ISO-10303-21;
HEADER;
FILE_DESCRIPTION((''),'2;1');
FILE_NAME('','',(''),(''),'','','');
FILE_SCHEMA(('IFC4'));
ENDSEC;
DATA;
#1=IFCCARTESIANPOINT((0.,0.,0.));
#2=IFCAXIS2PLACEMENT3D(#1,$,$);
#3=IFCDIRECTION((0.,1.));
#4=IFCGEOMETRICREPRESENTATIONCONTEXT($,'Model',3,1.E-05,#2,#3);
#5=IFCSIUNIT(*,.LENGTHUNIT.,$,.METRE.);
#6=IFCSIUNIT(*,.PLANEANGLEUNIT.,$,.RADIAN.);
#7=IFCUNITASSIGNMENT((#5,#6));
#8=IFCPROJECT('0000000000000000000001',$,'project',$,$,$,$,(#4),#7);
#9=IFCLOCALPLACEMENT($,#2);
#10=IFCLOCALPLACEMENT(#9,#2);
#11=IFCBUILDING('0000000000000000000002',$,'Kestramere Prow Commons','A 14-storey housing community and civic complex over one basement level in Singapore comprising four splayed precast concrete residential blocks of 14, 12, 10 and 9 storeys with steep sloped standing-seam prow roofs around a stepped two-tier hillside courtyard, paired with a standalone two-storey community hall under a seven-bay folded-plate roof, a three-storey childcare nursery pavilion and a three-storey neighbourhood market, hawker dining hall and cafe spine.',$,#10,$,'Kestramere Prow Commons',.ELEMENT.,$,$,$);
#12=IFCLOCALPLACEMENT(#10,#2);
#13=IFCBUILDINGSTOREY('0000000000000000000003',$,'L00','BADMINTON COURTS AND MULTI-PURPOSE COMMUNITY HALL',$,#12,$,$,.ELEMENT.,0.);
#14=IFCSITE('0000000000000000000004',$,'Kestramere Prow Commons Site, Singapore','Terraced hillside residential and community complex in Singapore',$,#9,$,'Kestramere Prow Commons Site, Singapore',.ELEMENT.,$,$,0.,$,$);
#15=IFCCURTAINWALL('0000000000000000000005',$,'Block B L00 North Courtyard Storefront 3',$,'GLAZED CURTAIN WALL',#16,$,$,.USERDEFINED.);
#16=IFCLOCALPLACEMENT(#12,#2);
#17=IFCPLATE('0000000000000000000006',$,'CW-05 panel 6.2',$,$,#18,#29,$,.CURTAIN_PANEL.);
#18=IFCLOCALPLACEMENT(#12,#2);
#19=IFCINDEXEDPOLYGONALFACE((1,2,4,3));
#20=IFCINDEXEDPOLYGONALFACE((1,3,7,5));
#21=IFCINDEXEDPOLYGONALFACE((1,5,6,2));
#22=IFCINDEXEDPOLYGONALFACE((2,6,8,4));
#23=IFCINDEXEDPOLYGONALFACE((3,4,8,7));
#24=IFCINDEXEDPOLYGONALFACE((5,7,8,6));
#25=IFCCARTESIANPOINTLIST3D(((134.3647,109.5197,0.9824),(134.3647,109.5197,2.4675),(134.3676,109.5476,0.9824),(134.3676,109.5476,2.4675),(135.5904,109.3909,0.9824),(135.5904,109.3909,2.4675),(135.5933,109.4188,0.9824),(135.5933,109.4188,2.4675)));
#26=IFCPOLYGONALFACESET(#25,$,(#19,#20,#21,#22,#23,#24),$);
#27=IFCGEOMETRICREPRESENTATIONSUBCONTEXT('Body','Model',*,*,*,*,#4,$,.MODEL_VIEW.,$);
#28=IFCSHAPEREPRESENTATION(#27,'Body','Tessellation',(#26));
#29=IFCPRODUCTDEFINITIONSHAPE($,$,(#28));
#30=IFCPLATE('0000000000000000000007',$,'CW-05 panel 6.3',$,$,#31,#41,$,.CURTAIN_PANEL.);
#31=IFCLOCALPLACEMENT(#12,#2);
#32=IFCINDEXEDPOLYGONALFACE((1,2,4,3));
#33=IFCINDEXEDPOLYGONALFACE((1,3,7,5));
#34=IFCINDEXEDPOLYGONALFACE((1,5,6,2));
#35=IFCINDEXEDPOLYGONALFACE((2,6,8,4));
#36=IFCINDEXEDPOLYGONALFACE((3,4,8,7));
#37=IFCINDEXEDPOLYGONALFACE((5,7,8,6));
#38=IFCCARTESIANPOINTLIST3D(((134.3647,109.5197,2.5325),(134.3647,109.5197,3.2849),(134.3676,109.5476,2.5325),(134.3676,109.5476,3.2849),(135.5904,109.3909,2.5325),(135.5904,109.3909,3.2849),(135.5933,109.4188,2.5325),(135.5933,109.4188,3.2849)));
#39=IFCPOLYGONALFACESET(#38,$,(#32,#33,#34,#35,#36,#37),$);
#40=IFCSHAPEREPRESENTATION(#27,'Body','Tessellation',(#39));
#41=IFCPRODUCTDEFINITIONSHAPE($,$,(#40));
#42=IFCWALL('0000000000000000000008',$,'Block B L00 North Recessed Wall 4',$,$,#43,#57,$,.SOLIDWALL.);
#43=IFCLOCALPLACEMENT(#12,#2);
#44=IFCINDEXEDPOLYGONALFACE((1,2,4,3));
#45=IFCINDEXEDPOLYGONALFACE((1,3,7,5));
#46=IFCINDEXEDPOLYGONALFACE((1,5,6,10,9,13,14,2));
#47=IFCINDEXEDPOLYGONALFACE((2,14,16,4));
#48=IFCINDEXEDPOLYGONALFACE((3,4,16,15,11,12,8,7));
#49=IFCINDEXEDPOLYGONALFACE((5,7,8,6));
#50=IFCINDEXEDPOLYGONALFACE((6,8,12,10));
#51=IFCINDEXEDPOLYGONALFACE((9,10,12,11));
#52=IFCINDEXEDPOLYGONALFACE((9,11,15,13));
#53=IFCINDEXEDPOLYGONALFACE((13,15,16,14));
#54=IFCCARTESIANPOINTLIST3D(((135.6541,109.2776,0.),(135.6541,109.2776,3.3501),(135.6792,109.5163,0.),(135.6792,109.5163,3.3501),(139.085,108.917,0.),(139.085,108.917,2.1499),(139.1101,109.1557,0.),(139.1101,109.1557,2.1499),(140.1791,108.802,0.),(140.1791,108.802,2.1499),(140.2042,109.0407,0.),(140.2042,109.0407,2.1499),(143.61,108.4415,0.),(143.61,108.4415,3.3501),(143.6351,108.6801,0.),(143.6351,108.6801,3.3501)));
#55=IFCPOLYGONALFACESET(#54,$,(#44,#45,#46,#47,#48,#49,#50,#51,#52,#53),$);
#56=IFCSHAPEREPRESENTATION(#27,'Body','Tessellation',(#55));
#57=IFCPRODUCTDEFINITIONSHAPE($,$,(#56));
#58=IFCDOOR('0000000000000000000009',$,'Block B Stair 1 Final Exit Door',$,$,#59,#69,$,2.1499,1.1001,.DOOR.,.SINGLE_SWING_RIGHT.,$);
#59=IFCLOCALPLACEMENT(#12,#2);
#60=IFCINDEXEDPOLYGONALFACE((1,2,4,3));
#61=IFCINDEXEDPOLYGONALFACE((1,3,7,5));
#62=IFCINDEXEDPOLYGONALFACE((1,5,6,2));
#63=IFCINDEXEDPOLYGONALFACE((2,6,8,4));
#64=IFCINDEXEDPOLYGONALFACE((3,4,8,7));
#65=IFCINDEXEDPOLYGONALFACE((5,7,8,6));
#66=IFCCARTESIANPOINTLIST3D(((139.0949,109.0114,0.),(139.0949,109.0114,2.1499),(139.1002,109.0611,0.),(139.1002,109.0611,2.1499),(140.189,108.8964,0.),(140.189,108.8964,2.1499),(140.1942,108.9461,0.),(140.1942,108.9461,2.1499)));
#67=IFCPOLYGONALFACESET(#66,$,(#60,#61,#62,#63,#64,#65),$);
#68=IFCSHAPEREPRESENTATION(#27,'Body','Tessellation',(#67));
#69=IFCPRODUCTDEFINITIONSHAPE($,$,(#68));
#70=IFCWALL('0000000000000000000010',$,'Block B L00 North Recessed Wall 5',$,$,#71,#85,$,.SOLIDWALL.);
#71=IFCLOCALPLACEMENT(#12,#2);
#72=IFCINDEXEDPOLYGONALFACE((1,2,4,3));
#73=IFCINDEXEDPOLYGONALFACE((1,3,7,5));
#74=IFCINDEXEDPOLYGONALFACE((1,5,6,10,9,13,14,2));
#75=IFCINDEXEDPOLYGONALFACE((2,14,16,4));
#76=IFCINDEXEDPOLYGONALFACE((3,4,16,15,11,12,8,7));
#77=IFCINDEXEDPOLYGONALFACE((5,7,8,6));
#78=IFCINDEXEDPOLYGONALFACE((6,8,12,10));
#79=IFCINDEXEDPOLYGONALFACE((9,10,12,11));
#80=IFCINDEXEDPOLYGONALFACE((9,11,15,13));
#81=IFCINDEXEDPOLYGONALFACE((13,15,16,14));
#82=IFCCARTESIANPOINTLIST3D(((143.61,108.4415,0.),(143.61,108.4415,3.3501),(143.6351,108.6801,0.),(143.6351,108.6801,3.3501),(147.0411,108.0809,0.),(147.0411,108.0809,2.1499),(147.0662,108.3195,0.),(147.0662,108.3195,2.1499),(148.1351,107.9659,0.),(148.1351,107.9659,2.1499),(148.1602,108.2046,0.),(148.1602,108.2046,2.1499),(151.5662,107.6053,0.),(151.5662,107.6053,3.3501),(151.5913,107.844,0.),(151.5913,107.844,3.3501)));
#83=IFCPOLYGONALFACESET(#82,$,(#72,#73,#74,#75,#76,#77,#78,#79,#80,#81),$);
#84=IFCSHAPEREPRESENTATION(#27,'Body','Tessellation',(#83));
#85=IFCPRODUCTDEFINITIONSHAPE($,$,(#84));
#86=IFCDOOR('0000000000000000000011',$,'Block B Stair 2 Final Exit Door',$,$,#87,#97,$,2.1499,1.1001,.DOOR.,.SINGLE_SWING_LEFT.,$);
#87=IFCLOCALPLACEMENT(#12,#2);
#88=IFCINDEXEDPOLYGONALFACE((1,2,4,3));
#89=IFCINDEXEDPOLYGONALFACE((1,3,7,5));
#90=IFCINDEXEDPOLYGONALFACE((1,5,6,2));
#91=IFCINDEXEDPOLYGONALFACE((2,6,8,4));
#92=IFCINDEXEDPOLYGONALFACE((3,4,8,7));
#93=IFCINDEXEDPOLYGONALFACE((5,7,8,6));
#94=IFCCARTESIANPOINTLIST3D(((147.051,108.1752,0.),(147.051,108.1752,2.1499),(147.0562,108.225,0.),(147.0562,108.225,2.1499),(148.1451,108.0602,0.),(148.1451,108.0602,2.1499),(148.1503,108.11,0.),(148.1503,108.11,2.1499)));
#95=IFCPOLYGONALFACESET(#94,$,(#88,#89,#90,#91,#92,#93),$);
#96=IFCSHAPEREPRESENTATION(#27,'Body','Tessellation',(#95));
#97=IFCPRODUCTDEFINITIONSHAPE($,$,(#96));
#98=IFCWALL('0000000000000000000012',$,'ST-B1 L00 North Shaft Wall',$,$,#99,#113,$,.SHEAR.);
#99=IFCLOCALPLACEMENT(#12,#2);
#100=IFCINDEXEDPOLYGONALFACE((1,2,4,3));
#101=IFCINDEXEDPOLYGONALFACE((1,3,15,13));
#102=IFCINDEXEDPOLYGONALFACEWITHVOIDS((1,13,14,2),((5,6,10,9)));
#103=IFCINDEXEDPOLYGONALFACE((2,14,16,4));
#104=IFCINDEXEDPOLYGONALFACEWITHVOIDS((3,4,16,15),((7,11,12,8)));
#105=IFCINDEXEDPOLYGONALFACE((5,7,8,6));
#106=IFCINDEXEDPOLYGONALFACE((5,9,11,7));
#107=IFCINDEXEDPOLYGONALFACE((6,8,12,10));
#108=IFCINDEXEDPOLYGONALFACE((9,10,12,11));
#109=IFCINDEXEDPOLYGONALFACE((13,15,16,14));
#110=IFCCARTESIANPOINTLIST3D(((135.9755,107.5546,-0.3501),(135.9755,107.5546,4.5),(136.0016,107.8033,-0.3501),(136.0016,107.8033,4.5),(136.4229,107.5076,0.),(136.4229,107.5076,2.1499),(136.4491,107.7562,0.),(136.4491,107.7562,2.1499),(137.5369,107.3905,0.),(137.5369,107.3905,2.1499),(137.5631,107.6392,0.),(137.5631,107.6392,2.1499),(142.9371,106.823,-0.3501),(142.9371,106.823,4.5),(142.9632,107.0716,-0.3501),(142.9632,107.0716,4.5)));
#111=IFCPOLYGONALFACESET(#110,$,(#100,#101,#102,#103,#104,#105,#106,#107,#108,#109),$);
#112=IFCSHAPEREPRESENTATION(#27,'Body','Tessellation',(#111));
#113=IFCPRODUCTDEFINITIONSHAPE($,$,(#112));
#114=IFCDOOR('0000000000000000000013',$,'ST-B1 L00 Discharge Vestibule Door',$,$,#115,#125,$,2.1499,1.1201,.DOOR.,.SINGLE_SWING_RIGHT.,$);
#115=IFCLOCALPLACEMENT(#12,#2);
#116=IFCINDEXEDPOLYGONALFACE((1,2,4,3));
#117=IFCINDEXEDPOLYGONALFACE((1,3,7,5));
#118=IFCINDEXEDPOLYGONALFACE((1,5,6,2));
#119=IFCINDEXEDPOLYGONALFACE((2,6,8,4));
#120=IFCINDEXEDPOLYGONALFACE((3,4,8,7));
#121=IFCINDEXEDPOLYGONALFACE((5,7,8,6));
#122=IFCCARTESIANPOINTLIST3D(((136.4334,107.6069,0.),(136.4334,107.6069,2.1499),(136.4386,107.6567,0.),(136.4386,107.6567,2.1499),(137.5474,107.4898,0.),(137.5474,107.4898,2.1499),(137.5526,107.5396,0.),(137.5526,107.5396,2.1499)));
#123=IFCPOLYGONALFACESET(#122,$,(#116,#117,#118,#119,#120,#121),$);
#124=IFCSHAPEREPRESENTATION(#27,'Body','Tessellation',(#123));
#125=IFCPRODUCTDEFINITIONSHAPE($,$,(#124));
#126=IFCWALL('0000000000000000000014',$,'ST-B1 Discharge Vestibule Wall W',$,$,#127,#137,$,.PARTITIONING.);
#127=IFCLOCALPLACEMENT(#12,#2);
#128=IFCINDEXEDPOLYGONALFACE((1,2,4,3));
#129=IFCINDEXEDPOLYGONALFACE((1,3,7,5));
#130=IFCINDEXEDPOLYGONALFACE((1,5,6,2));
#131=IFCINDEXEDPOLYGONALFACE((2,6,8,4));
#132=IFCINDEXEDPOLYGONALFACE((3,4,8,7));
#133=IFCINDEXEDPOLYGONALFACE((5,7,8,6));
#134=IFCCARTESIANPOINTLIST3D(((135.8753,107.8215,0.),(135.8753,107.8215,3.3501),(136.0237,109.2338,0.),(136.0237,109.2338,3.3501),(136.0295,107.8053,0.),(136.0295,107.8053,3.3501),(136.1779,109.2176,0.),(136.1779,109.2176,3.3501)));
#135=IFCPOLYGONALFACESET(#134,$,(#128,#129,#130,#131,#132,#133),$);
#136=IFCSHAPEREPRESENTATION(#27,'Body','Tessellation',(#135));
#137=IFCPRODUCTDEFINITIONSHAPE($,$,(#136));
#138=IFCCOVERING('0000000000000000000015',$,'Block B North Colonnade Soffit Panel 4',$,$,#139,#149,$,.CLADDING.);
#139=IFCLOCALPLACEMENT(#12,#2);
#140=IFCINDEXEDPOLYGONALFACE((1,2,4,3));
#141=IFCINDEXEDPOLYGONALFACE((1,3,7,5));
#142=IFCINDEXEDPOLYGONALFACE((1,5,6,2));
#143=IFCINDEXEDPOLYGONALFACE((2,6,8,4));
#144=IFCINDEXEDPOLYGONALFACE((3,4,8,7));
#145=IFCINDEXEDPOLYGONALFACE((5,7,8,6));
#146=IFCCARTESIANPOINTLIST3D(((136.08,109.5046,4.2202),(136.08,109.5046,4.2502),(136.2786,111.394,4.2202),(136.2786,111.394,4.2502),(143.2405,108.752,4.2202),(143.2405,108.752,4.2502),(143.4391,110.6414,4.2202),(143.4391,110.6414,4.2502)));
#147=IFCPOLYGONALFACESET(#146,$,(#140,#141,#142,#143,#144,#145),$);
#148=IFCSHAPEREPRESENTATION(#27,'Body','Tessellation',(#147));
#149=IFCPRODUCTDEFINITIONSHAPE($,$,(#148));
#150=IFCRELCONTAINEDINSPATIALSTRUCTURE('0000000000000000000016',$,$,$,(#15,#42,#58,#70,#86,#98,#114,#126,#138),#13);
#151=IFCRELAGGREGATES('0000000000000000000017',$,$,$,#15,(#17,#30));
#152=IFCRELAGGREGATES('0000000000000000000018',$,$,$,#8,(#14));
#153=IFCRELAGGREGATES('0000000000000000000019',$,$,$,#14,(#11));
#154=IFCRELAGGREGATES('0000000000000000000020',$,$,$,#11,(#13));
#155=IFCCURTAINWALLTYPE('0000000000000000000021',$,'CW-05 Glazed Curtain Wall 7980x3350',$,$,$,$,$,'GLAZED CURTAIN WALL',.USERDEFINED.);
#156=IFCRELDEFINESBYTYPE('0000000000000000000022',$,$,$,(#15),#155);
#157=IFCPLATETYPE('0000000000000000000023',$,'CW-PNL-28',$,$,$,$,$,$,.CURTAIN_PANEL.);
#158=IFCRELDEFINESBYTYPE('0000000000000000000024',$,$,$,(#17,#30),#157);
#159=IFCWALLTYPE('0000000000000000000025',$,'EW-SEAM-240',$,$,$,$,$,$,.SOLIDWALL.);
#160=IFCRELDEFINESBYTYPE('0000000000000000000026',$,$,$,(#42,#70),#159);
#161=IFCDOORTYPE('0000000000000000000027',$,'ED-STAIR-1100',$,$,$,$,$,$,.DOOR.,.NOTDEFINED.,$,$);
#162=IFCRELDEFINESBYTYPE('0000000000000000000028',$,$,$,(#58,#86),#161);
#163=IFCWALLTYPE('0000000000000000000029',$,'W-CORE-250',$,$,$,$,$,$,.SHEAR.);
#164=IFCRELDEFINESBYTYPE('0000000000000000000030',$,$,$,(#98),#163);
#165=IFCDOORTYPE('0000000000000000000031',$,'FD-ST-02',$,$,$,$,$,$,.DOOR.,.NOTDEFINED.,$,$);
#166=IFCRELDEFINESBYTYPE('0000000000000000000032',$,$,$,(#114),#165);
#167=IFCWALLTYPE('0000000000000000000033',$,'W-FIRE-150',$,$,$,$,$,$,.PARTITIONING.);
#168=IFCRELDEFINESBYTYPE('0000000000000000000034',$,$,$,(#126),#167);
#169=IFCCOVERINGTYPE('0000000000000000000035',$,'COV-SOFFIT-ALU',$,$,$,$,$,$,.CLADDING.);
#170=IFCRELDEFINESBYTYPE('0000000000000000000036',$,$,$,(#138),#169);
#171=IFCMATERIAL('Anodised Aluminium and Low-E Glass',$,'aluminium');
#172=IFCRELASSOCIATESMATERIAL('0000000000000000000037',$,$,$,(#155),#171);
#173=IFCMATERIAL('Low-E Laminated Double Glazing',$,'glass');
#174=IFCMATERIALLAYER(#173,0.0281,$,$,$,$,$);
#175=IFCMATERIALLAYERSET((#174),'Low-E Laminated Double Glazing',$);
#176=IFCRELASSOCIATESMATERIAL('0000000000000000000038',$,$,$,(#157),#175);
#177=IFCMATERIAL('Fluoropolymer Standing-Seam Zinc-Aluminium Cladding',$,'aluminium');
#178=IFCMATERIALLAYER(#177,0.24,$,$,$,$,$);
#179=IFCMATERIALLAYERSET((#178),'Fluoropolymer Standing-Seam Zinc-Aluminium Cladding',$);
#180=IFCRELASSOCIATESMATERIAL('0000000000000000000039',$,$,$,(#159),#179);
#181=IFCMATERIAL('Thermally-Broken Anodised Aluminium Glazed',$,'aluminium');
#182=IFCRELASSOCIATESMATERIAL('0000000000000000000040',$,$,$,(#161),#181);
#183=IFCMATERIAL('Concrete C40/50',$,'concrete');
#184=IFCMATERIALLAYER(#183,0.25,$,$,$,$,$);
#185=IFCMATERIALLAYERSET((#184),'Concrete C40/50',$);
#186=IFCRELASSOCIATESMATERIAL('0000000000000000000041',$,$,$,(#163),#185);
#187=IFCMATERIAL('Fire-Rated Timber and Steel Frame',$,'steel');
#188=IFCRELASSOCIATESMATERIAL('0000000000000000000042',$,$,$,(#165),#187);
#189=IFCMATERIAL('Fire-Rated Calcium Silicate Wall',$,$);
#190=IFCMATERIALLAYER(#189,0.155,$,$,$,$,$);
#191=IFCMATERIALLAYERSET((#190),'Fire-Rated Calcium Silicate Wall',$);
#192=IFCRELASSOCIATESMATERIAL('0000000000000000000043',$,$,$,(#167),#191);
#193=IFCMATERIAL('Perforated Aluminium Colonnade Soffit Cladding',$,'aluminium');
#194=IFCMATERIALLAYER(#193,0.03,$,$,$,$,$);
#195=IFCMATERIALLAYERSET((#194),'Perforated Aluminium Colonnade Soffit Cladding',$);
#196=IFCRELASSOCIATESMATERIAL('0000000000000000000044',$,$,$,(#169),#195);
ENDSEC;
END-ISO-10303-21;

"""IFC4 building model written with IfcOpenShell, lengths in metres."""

from ifc_helpers import new_model, si_unit, direction, frame, frame_2d, origin, origin_2d, place, context, subcontext, project, spatial, rectangle, extrude, material, layer, layer_set, type_object, element, fill, aggregate, save


model = new_model("IFC4")

# Units and contexts
model_context = context("Model", 3, precision=1e-05, world=origin(), true_north=direction((0.0, 1.0)))
body_context = subcontext(model_context, "Body", "Model", "MODEL_VIEW")
ifc_project = project(units=[si_unit("LENGTHUNIT", "METRE"), si_unit("PLANEANGLEUNIT", "RADIAN")], contexts=[model_context])

# Site, building, storey
site_placement = place(None, origin())
site = spatial("IfcSite", under=ifc_project, at=site_placement, Name="Kestramere Prow Commons Site, Singapore", Description="Terraced hillside residential and community complex in Singapore", LongName="Kestramere Prow Commons Site, Singapore", CompositionType="ELEMENT", RefElevation=0.0)
building_placement = place(site_placement, origin())
building = spatial("IfcBuilding", under=site, at=building_placement, Name="Kestramere Prow Commons", Description="A 14-storey housing community and civic complex over one basement level in Singapore comprising four splayed precast concrete residential blocks of 14, 12, 10 and 9 storeys with steep sloped standing-seam prow roofs around a stepped two-tier hillside courtyard, paired with a standalone two-storey community hall under a seven-bay folded-plate roof, a three-storey childcare nursery pavilion and a three-storey neighbourhood market, hawker dining hall and cafe spine.", LongName="Kestramere Prow Commons", CompositionType="ELEMENT")
storey_placement = place(building_placement, origin())
storey = spatial("IfcBuildingStorey", under=building, at=storey_placement, Name="L00", Description="BADMINTON COURTS AND MULTI-PURPOSE COMMUNITY HALL", CompositionType="ELEMENT", Elevation=0.0)

# Curtain wall
ifc_material_1 = material(Name="Anodised Aluminium and Low-E Glass", Category="aluminium")
curtain_wall_type = type_object("IfcCurtainWallType", Name="CW-05 Glazed Curtain Wall 7980x3350", ElementType="GLAZED CURTAIN WALL", PredefinedType="USERDEFINED", material=ifc_material_1)
curtain_wall_placement = place(storey_placement, origin())
curtain_wall = element("IfcCurtainWall", 1, at=curtain_wall_placement, inside=storey, type_object=curtain_wall_type, Name="Block B L00 North Courtyard Storefront 3", ObjectType="GLAZED CURTAIN WALL", PredefinedType="USERDEFINED")

# Plates
ifc_material_2 = material(Name="Low-E Laminated Double Glazing", Category="glass")
ifc_layer_1 = layer(ifc_material_2, 0.0281)
ifc_layer_set_1 = layer_set([ifc_layer_1], Name="Low-E Laminated Double Glazing")
plate_type = type_object("IfcPlateType", Name="CW-PNL-28", PredefinedType="CURTAIN_PANEL", material=ifc_layer_set_1)
plate_1_placement = place(storey_placement, frame((134.979, 109.4692, 0.9824), z_axis=(0.0, 0.0, 1.0), x_axis=(0.994522, -0.104528, 0.0)))
plate_1 = element("IfcPlate", 2, at=plate_1_placement, type_object=plate_type, Name="CW-05 panel 6.2", PredefinedType="CURTAIN_PANEL", context=body_context, shape_type="SweptSolid", body=[
    extrude(rectangle(XDim=1.2324, YDim=0.0281, at=origin_2d()), origin(), (0.0, 0.0, 1.0), 1.4851),
])
plate_2_placement = place(storey_placement, frame((134.979, 109.4692, 2.5325), z_axis=(0.0, 0.0, 1.0), x_axis=(0.994522, -0.104528, 0.0)))
plate_2 = element("IfcPlate", 3, at=plate_2_placement, type_object=plate_type, Name="CW-05 panel 6.3", PredefinedType="CURTAIN_PANEL", context=body_context, shape_type="SweptSolid", body=[
    extrude(rectangle(XDim=1.2324, YDim=0.0281, at=origin_2d()), origin(), (0.0, 0.0, 1.0), 0.7524),
])
aggregate(curtain_wall, [plate_1, plate_2])

# Walls, openings, doors
ifc_material_3 = material(Name="Fluoropolymer Standing-Seam Zinc-Aluminium Cladding", Category="aluminium")
ifc_layer_2 = layer(ifc_material_3, 0.24)
ifc_layer_set_2 = layer_set([ifc_layer_2], Name="Fluoropolymer Standing-Seam Zinc-Aluminium Cladding")
wall_type_1 = type_object("IfcWallType", Name="EW-SEAM-240", PredefinedType="SOLIDWALL", material=ifc_layer_set_2)
wall_1_placement = place(storey_placement, frame((135.6665, 109.397, 0.0), z_axis=(0.0, 0.0, 1.0), x_axis=(0.994522, -0.104524, 0.0)))
wall_1 = element("IfcWall", 4, at=wall_1_placement, inside=storey, type_object=wall_type_1, Name="Block B L00 North Recessed Wall 4", PredefinedType="SOLIDWALL", context=body_context, shape_type="SweptSolid", body=[
    extrude(rectangle(XDim=7.9998, YDim=0.24, at=frame_2d((4.0, 0.0))), origin(), (0.0, 0.0, 1.0), 3.3501),
])
opening_1_placement = place(wall_1_placement, frame((3.45, 0.0, 0.0)))
opening_1 = element("IfcOpeningElement", 5, at=opening_1_placement, cuts=wall_1, PredefinedType="OPENING", context=body_context, shape_type="SweptSolid", body=[
    extrude(rectangle(XDim=1.1001, YDim=2.1499, at=frame_2d((0.55, 1.075))), frame((0.0, 0.135, 0.0), z_axis=(0.0, -1.0, 0.0), x_axis=(1.0, 0.0, 0.0)), (0.0, 0.0, 1.0), 0.27),
])
ifc_material_4 = material(Name="Thermally-Broken Anodised Aluminium Glazed", Category="aluminium")
door_type_1 = type_object("IfcDoorType", Name="ED-STAIR-1100", OperationType="NOTDEFINED", PredefinedType="DOOR", material=ifc_material_4)
door_1_placement = place(opening_1_placement, origin())
door_1 = element("IfcDoor", 6, at=door_1_placement, inside=storey, type_object=door_type_1, Name="Block B Stair 1 Final Exit Door", OperationType="SINGLE_SWING_RIGHT", OverallHeight=2.1499, OverallWidth=1.1001, PredefinedType="DOOR", context=body_context, shape_type="SweptSolid", body=[
    extrude(rectangle(XDim=1.1001, YDim=2.1499, at=frame_2d((0.55, 1.075))), frame((0.0, 0.0249, 0.0), z_axis=(0.0, -1.0, 0.0), x_axis=(1.0, 0.0, 0.0)), (0.0, 0.0, 1.0), 0.05),
])
fill(opening_1, door_1)
wall_2_placement = place(storey_placement, frame((143.6226, 108.5608, 0.0), z_axis=(0.0, 0.0, 1.0), x_axis=(0.994523, -0.104521, 0.0)))
wall_2 = element("IfcWall", 7, at=wall_2_placement, inside=storey, type_object=wall_type_1, Name="Block B L00 North Recessed Wall 5", PredefinedType="SOLIDWALL", context=body_context, shape_type="SweptSolid", body=[
    extrude(rectangle(XDim=8.0, YDim=0.24, at=frame_2d((4.0, 0.0))), origin(), (0.0, 0.0, 1.0), 3.3501),
])
opening_2_placement = place(wall_2_placement, frame((3.45, 0.0, 0.0)))
opening_2 = element("IfcOpeningElement", 8, at=opening_2_placement, cuts=wall_2, PredefinedType="OPENING", context=body_context, shape_type="SweptSolid", body=[
    extrude(rectangle(XDim=1.1001, YDim=2.1499, at=frame_2d((0.55, 1.075))), frame((0.0, 0.135, 0.0), z_axis=(0.0, -1.0, 0.0), x_axis=(1.0, 0.0, 0.0)), (0.0, 0.0, 1.0), 0.27),
])
door_2_placement = place(opening_2_placement, origin())
door_2 = element("IfcDoor", 9, at=door_2_placement, inside=storey, type_object=door_type_1, Name="Block B Stair 2 Final Exit Door", OperationType="SINGLE_SWING_LEFT", OverallHeight=2.1499, OverallWidth=1.1001, PredefinedType="DOOR", context=body_context, shape_type="SweptSolid", body=[
    extrude(rectangle(XDim=1.1001, YDim=2.1499, at=frame_2d((0.55, 1.075))), frame((0.0, 0.0249, 0.0), z_axis=(0.0, -1.0, 0.0), x_axis=(1.0, 0.0, 0.0)), (0.0, 0.0, 1.0), 0.05),
])
fill(opening_2, door_2)
ifc_material_5 = material(Name="Concrete C40/50", Category="concrete")
ifc_layer_3 = layer(ifc_material_5, 0.25)
ifc_layer_set_3 = layer_set([ifc_layer_3], Name="Concrete C40/50")
wall_type_2 = type_object("IfcWallType", Name="W-CORE-250", PredefinedType="SHEAR", material=ifc_layer_set_3)
wall_3_placement = place(storey_placement, frame((135.9885, 107.679, -0.3501), z_axis=(0.0, 0.0, 1.0), x_axis=(0.994522, -0.104527, 0.0)))
wall_3 = element("IfcWall", 10, at=wall_3_placement, inside=storey, type_object=wall_type_2, Name="ST-B1 L00 North Shaft Wall", PredefinedType="SHEAR", context=body_context, shape_type="SweptSolid", body=[
    extrude(rectangle(XDim=7.0, YDim=0.25, at=frame_2d((3.5, 0.0))), origin(), (0.0, 0.0, 1.0), 4.8501),
])
opening_3_placement = place(wall_3_placement, frame((0.45, 0.0, 0.3501)))
opening_3 = element("IfcOpeningElement", 11, at=opening_3_placement, cuts=wall_3, PredefinedType="OPENING", context=body_context, shape_type="SweptSolid", body=[
    extrude(rectangle(XDim=1.1201, YDim=2.1499, at=frame_2d((0.5601, 1.075))), frame((0.0, 0.1399, 0.0), z_axis=(0.0, -1.0, 0.0), x_axis=(1.0, 0.0, 0.0)), (0.0, 0.0, 1.0), 0.28),
])
ifc_material_6 = material(Name="Fire-Rated Timber and Steel Frame", Category="steel")
door_type_2 = type_object("IfcDoorType", Name="FD-ST-02", OperationType="NOTDEFINED", PredefinedType="DOOR", material=ifc_material_6)
door_3_placement = place(opening_3_placement, origin())
door_3 = element("IfcDoor", 12, at=door_3_placement, inside=storey, type_object=door_type_2, Name="ST-B1 L00 Discharge Vestibule Door", OperationType="SINGLE_SWING_RIGHT", OverallHeight=2.1499, OverallWidth=1.1201, PredefinedType="DOOR", context=body_context, shape_type="SweptSolid", body=[
    extrude(rectangle(XDim=1.1201, YDim=2.1499, at=frame_2d((0.5601, 1.075))), frame((0.0, 0.0249, 0.0), z_axis=(0.0, -1.0, 0.0), x_axis=(1.0, 0.0, 0.0)), (0.0, 0.0, 1.0), 0.05),
])
fill(opening_3, door_3)

# Wall
ifc_material_7 = material(Name="Fire-Rated Calcium Silicate Wall")
ifc_layer_4 = layer(ifc_material_7, 0.155)
ifc_layer_set_4 = layer_set([ifc_layer_4], Name="Fire-Rated Calcium Silicate Wall")
wall_type_3 = type_object("IfcWallType", Name="W-FIRE-150", PredefinedType="PARTITIONING", material=ifc_layer_set_4)
wall_4_placement = place(storey_placement, frame((135.9524, 107.8135, 0.0), z_axis=(0.0, 0.0, 1.0), x_axis=(0.104524, 0.994522, 0.0)))
element("IfcWall", 13, at=wall_4_placement, inside=storey, type_object=wall_type_3, Name="ST-B1 Discharge Vestibule Wall W", PredefinedType="PARTITIONING", context=body_context, shape_type="SweptSolid", body=[
    extrude(rectangle(XDim=1.4202, YDim=0.155, at=frame_2d((0.71, 0.0))), origin(), (0.0, 0.0, 1.0), 3.3501),
])

# Covering
ifc_material_8 = material(Name="Perforated Aluminium Colonnade Soffit Cladding", Category="aluminium")
ifc_layer_5 = layer(ifc_material_8, 0.03)
ifc_layer_set_5 = layer_set([ifc_layer_5], Name="Perforated Aluminium Colonnade Soffit Cladding")
covering_type = type_object("IfcCoveringType", Name="COV-SOFFIT-ALU", PredefinedType="CLADDING", material=ifc_layer_set_5)
covering_placement = place(storey_placement, frame((139.7595, 110.073, 4.2202), z_axis=(0.0, 0.0, 1.0), x_axis=(0.994522, -0.104528, 0.0)))
element("IfcCovering", 14, at=covering_placement, inside=storey, type_object=covering_type, Name="Block B North Colonnade Soffit Panel 4", PredefinedType="CLADDING", context=body_context, shape_type="SweptSolid", body=[
    extrude(rectangle(XDim=7.2, YDim=1.8999, at=origin_2d()), origin(), (0.0, 0.0, 1.0), 0.03),
])

save(model, "model.ifc")
